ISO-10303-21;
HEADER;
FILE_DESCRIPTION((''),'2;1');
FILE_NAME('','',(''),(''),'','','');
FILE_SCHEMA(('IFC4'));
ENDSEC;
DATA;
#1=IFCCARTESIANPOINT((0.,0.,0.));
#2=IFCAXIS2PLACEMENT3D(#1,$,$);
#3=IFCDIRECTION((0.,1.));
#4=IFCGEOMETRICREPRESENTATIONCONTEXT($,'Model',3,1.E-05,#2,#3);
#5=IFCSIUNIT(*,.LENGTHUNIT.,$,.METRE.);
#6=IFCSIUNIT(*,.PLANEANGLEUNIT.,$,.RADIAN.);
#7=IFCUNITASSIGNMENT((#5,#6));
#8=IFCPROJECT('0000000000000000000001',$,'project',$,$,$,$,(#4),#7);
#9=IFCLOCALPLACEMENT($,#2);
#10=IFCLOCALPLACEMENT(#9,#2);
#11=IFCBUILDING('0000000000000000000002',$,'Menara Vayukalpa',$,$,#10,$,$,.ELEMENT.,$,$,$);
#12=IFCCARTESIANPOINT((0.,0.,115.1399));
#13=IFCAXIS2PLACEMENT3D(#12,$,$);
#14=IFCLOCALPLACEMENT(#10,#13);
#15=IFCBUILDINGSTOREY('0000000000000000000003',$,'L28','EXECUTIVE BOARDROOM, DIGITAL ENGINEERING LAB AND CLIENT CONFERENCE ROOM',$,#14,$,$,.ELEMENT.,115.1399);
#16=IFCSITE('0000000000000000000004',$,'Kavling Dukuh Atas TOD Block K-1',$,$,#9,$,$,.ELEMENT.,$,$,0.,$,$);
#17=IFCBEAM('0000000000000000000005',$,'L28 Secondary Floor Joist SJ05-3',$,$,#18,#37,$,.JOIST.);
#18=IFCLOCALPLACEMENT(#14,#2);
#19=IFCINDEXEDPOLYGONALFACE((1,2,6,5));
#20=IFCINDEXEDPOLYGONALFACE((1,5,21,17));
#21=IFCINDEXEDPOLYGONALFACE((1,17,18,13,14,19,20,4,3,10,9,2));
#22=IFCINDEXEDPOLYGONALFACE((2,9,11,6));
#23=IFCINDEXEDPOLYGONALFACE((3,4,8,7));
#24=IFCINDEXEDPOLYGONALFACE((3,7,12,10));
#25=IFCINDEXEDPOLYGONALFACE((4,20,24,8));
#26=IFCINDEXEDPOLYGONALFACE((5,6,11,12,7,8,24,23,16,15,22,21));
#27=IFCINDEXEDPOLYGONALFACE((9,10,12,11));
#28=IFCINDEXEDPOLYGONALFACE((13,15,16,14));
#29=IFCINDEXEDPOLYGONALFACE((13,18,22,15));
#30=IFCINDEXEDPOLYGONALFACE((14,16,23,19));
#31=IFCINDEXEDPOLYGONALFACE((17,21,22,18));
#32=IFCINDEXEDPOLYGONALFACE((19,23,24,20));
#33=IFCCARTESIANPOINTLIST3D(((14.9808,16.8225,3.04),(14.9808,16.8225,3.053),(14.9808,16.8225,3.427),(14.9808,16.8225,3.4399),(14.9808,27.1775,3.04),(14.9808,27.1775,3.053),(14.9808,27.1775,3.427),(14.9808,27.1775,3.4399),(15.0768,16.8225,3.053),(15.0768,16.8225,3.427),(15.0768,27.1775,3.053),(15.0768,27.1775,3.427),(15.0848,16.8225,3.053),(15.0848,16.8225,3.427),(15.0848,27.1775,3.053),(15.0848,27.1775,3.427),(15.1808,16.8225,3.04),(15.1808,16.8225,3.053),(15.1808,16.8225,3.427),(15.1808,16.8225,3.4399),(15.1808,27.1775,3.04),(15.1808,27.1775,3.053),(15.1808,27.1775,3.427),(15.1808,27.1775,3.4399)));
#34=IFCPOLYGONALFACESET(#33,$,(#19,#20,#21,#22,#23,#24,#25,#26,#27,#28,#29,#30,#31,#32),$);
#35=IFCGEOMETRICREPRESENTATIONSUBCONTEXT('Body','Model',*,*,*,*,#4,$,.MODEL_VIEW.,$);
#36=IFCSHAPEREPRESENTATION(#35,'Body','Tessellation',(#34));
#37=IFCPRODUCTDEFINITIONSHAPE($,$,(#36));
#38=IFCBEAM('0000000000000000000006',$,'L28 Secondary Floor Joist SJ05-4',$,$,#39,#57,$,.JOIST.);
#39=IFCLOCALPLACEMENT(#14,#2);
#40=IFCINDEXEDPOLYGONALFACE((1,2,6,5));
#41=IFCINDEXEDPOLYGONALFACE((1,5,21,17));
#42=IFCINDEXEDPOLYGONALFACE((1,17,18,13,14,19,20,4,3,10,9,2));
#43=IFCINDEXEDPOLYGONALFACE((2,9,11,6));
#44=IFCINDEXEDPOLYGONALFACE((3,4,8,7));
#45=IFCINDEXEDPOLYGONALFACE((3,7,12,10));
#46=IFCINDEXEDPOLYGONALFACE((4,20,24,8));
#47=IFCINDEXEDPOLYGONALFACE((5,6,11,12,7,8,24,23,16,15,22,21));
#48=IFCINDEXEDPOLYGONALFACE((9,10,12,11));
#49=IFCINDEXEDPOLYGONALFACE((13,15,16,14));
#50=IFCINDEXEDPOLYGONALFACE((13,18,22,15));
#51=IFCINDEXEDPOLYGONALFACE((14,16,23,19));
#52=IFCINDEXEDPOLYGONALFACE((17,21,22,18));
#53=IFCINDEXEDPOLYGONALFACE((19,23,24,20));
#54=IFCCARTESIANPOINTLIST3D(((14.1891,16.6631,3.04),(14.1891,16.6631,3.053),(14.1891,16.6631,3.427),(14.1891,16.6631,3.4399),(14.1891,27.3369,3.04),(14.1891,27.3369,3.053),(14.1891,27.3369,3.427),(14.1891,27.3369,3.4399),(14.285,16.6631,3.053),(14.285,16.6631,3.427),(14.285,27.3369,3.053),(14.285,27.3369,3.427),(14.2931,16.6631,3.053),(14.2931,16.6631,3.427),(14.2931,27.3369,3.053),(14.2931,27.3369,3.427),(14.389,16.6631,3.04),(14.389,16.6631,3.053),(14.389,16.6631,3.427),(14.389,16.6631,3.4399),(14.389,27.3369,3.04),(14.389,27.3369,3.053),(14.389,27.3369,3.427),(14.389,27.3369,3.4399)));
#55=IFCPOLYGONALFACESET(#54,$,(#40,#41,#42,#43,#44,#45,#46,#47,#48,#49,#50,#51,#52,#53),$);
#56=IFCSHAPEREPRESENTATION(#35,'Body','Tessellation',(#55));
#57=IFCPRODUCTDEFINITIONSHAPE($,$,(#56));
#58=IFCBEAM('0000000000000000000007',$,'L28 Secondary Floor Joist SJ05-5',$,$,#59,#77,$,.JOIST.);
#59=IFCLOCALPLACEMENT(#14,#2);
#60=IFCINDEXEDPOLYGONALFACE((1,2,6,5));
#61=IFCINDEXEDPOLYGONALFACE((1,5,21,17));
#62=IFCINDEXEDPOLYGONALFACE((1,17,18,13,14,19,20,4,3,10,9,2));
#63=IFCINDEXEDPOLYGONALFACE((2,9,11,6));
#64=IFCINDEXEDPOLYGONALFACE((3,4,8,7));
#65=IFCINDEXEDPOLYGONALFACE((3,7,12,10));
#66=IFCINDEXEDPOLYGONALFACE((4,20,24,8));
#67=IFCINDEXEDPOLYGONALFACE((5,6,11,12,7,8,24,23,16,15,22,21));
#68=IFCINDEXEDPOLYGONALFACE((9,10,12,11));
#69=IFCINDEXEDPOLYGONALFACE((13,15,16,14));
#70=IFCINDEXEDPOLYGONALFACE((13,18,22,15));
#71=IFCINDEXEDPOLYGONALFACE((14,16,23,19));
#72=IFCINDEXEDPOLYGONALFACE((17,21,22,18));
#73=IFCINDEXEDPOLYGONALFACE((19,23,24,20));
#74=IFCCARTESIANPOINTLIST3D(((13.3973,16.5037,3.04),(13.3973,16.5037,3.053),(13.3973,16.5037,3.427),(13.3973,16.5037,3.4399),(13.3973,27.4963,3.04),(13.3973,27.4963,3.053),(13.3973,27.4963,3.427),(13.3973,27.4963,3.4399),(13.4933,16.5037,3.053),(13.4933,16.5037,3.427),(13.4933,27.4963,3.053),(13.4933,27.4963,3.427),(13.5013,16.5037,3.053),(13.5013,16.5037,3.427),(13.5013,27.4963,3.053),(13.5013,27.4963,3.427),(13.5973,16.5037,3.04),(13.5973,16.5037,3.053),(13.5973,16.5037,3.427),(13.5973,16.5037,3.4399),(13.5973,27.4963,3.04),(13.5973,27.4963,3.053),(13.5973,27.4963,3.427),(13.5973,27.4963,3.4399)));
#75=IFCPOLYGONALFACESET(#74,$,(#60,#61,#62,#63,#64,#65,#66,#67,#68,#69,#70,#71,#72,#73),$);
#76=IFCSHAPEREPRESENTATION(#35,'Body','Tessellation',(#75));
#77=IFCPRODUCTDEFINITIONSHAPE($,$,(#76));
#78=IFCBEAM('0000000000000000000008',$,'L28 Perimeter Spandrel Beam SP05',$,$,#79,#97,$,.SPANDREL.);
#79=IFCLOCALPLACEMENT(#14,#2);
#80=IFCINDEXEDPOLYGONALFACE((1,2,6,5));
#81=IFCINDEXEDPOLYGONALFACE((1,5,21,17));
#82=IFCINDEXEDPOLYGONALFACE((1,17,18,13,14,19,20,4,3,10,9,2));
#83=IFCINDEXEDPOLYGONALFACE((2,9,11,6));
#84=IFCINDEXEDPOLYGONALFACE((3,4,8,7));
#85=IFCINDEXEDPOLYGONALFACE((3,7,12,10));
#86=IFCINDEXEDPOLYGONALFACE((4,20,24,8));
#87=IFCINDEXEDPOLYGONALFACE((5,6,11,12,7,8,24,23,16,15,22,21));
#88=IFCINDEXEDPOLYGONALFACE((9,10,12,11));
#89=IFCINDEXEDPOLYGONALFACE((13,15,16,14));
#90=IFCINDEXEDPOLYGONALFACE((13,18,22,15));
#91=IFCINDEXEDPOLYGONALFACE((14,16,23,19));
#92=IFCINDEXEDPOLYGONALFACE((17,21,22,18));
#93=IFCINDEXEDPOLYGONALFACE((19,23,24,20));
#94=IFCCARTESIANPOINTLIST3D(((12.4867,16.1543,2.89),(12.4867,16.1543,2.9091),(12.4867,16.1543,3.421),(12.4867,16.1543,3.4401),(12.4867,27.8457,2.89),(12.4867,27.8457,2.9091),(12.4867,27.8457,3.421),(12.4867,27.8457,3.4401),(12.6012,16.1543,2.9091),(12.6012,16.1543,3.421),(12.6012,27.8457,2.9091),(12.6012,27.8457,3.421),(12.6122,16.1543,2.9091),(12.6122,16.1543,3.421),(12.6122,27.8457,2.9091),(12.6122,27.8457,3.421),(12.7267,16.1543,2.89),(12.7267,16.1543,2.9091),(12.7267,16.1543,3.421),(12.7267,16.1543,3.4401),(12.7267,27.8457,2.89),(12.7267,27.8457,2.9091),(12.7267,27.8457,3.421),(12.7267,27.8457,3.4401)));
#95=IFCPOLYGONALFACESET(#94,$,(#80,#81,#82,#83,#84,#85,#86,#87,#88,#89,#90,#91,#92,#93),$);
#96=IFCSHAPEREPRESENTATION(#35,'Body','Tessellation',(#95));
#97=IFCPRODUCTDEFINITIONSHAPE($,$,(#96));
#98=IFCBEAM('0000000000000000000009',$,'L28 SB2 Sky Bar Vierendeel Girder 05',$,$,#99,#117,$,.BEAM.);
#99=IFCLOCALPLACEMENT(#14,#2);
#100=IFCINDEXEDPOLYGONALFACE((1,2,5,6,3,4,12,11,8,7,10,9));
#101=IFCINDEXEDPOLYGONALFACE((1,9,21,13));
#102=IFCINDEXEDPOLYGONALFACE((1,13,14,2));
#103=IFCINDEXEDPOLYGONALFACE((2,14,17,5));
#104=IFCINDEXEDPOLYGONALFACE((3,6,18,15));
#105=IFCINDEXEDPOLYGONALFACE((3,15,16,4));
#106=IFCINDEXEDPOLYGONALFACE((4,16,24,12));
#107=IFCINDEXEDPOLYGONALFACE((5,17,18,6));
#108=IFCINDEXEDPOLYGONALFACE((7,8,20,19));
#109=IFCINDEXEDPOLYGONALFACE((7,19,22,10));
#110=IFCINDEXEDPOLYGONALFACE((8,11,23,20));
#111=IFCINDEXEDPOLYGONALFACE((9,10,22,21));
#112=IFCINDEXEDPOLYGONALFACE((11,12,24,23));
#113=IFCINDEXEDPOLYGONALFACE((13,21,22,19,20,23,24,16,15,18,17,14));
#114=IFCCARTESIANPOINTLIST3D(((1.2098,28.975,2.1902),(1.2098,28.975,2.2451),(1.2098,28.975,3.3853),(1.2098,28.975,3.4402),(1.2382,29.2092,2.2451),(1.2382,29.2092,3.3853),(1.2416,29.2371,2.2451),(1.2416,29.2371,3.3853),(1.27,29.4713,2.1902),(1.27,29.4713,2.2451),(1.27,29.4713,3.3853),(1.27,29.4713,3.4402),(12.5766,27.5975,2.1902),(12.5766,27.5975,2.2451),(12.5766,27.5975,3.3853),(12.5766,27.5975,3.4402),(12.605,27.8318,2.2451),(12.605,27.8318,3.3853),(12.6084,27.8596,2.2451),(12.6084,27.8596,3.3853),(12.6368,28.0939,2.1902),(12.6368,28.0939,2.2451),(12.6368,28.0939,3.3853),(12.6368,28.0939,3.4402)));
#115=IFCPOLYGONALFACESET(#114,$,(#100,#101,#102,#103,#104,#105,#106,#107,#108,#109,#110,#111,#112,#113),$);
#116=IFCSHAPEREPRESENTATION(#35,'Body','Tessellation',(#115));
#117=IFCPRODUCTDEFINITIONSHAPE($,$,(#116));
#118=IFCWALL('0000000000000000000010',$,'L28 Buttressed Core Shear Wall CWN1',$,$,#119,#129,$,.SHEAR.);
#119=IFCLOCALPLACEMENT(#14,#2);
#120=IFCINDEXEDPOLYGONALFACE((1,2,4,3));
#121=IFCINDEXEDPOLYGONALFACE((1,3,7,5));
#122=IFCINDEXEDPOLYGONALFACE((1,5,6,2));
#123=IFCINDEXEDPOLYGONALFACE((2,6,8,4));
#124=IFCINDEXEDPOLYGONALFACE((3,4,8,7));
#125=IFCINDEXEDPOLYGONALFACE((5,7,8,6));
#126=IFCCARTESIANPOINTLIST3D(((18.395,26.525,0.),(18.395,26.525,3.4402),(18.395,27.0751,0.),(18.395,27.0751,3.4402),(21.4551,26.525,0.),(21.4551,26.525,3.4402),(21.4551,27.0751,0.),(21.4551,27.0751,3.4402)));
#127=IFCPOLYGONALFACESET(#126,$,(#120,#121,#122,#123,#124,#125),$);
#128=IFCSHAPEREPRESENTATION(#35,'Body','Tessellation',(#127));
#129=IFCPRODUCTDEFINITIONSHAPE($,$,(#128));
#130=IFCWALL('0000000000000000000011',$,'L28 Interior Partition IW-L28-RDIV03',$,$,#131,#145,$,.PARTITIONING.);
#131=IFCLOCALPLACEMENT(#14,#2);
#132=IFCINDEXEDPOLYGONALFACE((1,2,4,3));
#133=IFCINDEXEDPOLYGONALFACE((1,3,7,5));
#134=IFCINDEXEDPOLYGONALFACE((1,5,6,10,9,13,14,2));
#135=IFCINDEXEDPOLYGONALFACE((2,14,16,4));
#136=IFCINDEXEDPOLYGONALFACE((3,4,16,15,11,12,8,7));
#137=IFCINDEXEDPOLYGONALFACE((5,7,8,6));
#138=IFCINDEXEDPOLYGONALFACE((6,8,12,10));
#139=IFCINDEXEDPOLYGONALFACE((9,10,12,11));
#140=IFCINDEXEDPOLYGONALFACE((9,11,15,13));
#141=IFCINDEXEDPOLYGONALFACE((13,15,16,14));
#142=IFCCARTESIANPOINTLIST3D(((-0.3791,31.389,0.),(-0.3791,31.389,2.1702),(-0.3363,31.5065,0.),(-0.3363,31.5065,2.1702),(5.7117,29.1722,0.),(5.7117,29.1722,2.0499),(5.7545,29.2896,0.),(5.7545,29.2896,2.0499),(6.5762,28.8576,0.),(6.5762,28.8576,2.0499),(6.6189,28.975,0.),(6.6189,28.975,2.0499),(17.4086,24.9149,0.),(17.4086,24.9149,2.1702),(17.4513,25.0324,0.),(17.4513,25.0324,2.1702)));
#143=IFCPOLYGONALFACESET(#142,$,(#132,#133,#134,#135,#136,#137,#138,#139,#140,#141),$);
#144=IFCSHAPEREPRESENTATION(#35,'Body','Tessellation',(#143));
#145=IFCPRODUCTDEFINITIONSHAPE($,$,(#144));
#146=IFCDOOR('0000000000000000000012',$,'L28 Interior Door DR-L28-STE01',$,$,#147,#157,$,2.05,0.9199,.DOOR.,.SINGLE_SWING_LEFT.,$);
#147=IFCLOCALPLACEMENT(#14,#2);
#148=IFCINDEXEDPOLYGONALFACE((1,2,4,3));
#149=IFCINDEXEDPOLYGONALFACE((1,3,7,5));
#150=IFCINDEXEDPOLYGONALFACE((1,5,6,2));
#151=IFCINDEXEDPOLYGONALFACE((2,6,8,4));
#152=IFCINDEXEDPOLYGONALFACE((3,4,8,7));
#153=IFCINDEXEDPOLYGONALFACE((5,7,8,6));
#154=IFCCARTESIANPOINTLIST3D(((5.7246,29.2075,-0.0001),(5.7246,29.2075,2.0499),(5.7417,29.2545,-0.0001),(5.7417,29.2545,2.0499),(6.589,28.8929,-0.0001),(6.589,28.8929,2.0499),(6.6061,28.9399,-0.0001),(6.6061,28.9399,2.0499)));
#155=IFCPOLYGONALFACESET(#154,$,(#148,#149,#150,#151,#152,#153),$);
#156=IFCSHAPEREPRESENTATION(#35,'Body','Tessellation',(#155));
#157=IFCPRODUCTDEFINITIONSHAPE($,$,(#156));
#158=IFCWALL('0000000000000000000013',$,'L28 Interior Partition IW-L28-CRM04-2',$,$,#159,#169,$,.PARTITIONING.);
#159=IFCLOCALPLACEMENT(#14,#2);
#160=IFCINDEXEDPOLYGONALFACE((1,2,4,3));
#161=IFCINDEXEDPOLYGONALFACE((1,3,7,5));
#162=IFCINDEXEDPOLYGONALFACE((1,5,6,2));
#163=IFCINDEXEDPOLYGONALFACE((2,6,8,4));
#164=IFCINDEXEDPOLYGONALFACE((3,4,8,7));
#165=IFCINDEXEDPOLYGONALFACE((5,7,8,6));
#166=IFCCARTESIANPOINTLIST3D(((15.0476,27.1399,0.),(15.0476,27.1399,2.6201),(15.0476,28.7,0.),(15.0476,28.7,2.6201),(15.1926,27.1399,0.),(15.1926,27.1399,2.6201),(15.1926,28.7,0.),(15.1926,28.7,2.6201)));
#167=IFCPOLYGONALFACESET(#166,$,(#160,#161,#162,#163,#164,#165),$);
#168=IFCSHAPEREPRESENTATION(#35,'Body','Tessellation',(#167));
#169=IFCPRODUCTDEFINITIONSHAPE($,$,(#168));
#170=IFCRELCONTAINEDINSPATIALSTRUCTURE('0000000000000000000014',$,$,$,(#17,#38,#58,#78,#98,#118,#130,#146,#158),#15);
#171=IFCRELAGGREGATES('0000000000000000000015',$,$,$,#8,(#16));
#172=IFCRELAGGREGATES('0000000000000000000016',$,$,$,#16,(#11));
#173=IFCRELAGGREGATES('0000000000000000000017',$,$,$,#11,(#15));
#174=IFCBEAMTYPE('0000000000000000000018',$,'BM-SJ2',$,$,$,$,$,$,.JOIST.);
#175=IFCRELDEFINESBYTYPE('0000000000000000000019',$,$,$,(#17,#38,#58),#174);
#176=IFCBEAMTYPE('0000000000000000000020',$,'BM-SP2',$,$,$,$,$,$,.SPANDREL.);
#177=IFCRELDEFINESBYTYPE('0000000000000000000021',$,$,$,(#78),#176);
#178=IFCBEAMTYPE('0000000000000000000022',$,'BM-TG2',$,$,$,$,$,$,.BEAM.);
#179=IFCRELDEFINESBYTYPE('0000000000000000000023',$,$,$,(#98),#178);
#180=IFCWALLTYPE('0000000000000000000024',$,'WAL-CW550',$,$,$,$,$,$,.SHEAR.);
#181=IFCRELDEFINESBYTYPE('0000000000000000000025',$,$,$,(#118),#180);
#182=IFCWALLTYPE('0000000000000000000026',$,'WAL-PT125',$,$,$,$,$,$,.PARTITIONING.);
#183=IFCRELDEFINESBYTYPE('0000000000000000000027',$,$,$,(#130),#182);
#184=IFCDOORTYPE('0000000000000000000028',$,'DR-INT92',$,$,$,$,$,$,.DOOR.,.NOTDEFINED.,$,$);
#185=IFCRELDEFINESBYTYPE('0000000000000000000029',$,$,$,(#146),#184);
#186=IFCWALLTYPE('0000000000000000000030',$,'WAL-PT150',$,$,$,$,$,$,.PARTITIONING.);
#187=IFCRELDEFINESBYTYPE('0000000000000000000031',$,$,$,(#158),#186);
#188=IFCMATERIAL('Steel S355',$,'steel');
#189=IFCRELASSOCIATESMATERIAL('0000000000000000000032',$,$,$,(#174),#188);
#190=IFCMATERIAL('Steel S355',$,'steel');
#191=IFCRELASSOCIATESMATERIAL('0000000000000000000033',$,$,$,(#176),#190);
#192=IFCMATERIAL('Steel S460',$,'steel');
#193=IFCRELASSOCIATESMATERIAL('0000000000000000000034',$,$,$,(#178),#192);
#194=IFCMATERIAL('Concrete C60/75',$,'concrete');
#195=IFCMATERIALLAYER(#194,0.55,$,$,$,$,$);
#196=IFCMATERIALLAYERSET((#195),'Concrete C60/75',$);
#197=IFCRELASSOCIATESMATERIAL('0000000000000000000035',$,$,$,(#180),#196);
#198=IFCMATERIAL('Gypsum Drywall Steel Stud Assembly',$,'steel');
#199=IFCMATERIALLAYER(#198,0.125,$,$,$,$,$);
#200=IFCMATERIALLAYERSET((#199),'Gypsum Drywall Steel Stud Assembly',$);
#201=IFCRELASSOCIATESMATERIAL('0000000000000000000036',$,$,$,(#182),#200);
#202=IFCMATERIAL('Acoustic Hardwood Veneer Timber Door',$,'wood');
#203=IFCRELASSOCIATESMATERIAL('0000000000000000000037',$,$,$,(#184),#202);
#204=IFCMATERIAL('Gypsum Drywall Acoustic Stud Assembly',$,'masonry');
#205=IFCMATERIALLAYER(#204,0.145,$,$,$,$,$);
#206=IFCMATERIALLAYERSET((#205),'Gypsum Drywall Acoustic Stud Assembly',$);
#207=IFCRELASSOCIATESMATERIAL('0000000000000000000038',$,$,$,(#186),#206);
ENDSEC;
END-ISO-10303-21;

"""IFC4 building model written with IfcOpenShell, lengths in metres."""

from ifc_helpers import new_model, si_unit, direction, frame, frame_2d, origin, origin_2d, place, context, subcontext, project, spatial, rectangle, i_section, extrude, material, layer, layer_set, material_profile, profile_set, type_object, element, fill, save


model = new_model("IFC4")

# Units and contexts
model_context = context("Model", 3, precision=1e-05, world=origin(), true_north=direction((0.0, 1.0)))
body_context = subcontext(model_context, "Body", "Model", "MODEL_VIEW")
ifc_project = project(units=[si_unit("LENGTHUNIT", "METRE"), si_unit("PLANEANGLEUNIT", "RADIAN")], contexts=[model_context])

# Site, building, storey
site_placement = place(None, origin())
site = spatial("IfcSite", under=ifc_project, at=site_placement, Name="Kavling Dukuh Atas TOD Block K-1", CompositionType="ELEMENT", RefElevation=0.0)
building_placement = place(site_placement, origin())
building = spatial("IfcBuilding", under=site, at=building_placement, Name="Menara Vayukalpa", CompositionType="ELEMENT")
storey_placement = place(building_placement, frame((0.0, 0.0, 115.1399)))
storey = spatial("IfcBuildingStorey", under=building, at=storey_placement, Name="L28", Description="EXECUTIVE BOARDROOM, DIGITAL ENGINEERING LAB AND CLIENT CONFERENCE ROOM", CompositionType="ELEMENT", Elevation=115.1399)

# Beams
ifc_material_1 = material(Name="Steel S355", Category="steel")
ifc_material_profile_1 = material_profile(ifc_material_1, i_section(OverallWidth=0.2, OverallDepth=0.3999, WebThickness=0.0081, FlangeThickness=0.0129, at=origin_2d()), Name="WF 400x200x8x13")
ifc_profile_set_1 = profile_set([ifc_material_profile_1], Name="Steel S355")
beam_type_1 = type_object("IfcBeamType", Name="BM-SJ2", PredefinedType="JOIST", material=ifc_profile_set_1)
beam_1_placement = place(storey_placement, frame((15.0808, 27.1775, 3.24), z_axis=(0.0, -1.0, 0.0), x_axis=(1.0, 0.0, 0.0)))
element("IfcBeam", 1, at=beam_1_placement, inside=storey, type_object=beam_type_1, Name="L28 Secondary Floor Joist SJ05-3", PredefinedType="JOIST", context=body_context, shape_type="SweptSolid", body=[
    extrude(i_section(OverallWidth=0.2, OverallDepth=0.3999, WebThickness=0.0081, FlangeThickness=0.0129, at=origin_2d()), origin(), (0.0, 0.0, 1.0), 10.355),
])
beam_2_placement = place(storey_placement, frame((14.2891, 27.3369, 3.24), z_axis=(0.0, -1.0, 0.0), x_axis=(1.0, 0.0, 0.0)))
element("IfcBeam", 2, at=beam_2_placement, inside=storey, type_object=beam_type_1, Name="L28 Secondary Floor Joist SJ05-4", PredefinedType="JOIST", context=body_context, shape_type="SweptSolid", body=[
    extrude(i_section(OverallWidth=0.2, OverallDepth=0.3999, WebThickness=0.0081, FlangeThickness=0.0129, at=origin_2d()), origin(), (0.0, 0.0, 1.0), 10.6738),
])
beam_3_placement = place(storey_placement, frame((13.4973, 27.4963, 3.24), z_axis=(0.0, -1.0, 0.0), x_axis=(1.0, 0.0, 0.0)))
element("IfcBeam", 3, at=beam_3_placement, inside=storey, type_object=beam_type_1, Name="L28 Secondary Floor Joist SJ05-5", PredefinedType="JOIST", context=body_context, shape_type="SweptSolid", body=[
    extrude(i_section(OverallWidth=0.2, OverallDepth=0.3999, WebThickness=0.0081, FlangeThickness=0.0129, at=origin_2d()), origin(), (0.0, 0.0, 1.0), 10.9927),
])
ifc_material_2 = material(Name="Steel S355", Category="steel")
ifc_material_profile_2 = material_profile(ifc_material_2, i_section(OverallWidth=0.24, OverallDepth=0.55, WebThickness=0.011, FlangeThickness=0.019, at=origin_2d()), Name="WF 550x240x11x19")
ifc_profile_set_2 = profile_set([ifc_material_profile_2], Name="Steel S355")
beam_type_2 = type_object("IfcBeamType", Name="BM-SP2", PredefinedType="SPANDREL", material=ifc_profile_set_2)
beam_4_placement = place(storey_placement, frame((12.6067, 27.8457, 3.165), z_axis=(0.0, -1.0, 0.0), x_axis=(1.0, 0.0, 0.0)))
element("IfcBeam", 4, at=beam_4_placement, inside=storey, type_object=beam_type_2, Name="L28 Perimeter Spandrel Beam SP05", PredefinedType="SPANDREL", context=body_context, shape_type="SweptSolid", body=[
    extrude(i_section(OverallWidth=0.24, OverallDepth=0.55, WebThickness=0.011, FlangeThickness=0.019, at=origin_2d()), origin(), (0.0, 0.0, 1.0), 11.6914),
])
ifc_material_3 = material(Name="Steel S460", Category="steel")
ifc_material_profile_3 = material_profile(ifc_material_3, i_section(OverallWidth=0.5, OverallDepth=1.25, WebThickness=0.0281, FlangeThickness=0.0549, at=origin_2d()), Name="WG 1250x500x28x55")
ifc_profile_set_3 = profile_set([ifc_material_profile_3], Name="Steel S460")
beam_type_3 = type_object("IfcBeamType", Name="BM-TG2", PredefinedType="BEAM", material=ifc_profile_set_3)
beam_5_placement = place(storey_placement, frame((12.6067, 27.8457, 2.8152), z_axis=(-0.992737, 0.120302, 0.0), x_axis=(-0.120302, -0.992737, 0.0)))
element("IfcBeam", 5, at=beam_5_placement, inside=storey, type_object=beam_type_3, Name="L28 SB2 Sky Bar Vierendeel Girder 05", PredefinedType="BEAM", context=body_context, shape_type="SweptSolid", body=[
    extrude(i_section(OverallWidth=0.5, OverallDepth=1.25, WebThickness=0.0281, FlangeThickness=0.0549, at=origin_2d()), origin(), (0.0, 0.0, 1.0), 11.45),
])

# Wall
ifc_material_4 = material(Name="Concrete C60/75", Category="concrete")
ifc_layer_1 = layer(ifc_material_4, 0.55)
ifc_layer_set_1 = layer_set([ifc_layer_1], Name="Concrete C60/75")
wall_type_1 = type_object("IfcWallType", Name="WAL-CW550", PredefinedType="SHEAR", material=ifc_layer_set_1)
wall_1_placement = place(storey_placement, frame((18.395, 26.8, 0.0), z_axis=(0.0, 0.0, 1.0), x_axis=(1.0, 0.0, 0.0)))
element("IfcWall", 6, at=wall_1_placement, inside=storey, type_object=wall_type_1, Name="L28 Buttressed Core Shear Wall CWN1", PredefinedType="SHEAR", context=body_context, shape_type="SweptSolid", body=[
    extrude(rectangle(XDim=3.0601, YDim=0.55, at=frame_2d((1.53, 0.0))), origin(), (0.0, 0.0, 1.0), 3.4402),
])

# Wall, opening, door
ifc_material_5 = material(Name="Gypsum Drywall Steel Stud Assembly", Category="steel")
ifc_layer_2 = layer(ifc_material_5, 0.125)
ifc_layer_set_2 = layer_set([ifc_layer_2], Name="Gypsum Drywall Steel Stud Assembly")
wall_type_2 = type_object("IfcWallType", Name="WAL-PT125", PredefinedType="PARTITIONING", material=ifc_layer_set_2)
wall_2_placement = place(storey_placement, frame((17.4299, 24.9736, 0.0), z_axis=(0.0, 0.0, 1.0), x_axis=(-0.939693, 0.342019, 0.0)))
wall_2 = element("IfcWall", 7, at=wall_2_placement, inside=storey, type_object=wall_type_2, Name="L28 Interior Partition IW-L28-RDIV03", PredefinedType="PARTITIONING", context=body_context, shape_type="SweptSolid", body=[
    extrude(rectangle(XDim=18.9292, YDim=0.125, at=frame_2d((9.4646, 0.0))), origin(), (0.0, 0.0, 1.0), 2.1702),
])
opening_placement = place(wall_2_placement, frame((11.5276, 0.0, 0.0)))
opening = element("IfcOpeningElement", 8, at=opening_placement, cuts=wall_2, PredefinedType="OPENING", context=body_context, shape_type="SweptSolid", body=[
    extrude(rectangle(XDim=0.9199, YDim=2.05, at=frame_2d((0.46, 1.0249))), frame((0.0, 0.0725, 0.0), z_axis=(0.0, -1.0, 0.0), x_axis=(1.0, 0.0, 0.0)), (0.0, 0.0, 1.0), 0.145),
])
ifc_material_6 = material(Name="Acoustic Hardwood Veneer Timber Door", Category="wood")
door_type = type_object("IfcDoorType", Name="DR-INT92", OperationType="NOTDEFINED", PredefinedType="DOOR", material=ifc_material_6)
door_placement = place(opening_placement, origin())
door = element("IfcDoor", 9, at=door_placement, inside=storey, type_object=door_type, Name="L28 Interior Door DR-L28-STE01", OperationType="SINGLE_SWING_LEFT", OverallHeight=2.05, OverallWidth=0.9199, PredefinedType="DOOR", context=body_context, shape_type="SweptSolid", body=[
    extrude(rectangle(XDim=0.9199, YDim=2.05, at=frame_2d((0.46, 1.0249))), frame((0.0, 0.0249, 0.0), z_axis=(0.0, -1.0, 0.0), x_axis=(1.0, 0.0, 0.0)), (0.0, 0.0, 1.0), 0.05),
])
fill(opening, door)

# Wall
ifc_material_7 = material(Name="Gypsum Drywall Acoustic Stud Assembly", Category="masonry")
ifc_layer_3 = layer(ifc_material_7, 0.145)
ifc_layer_set_3 = layer_set([ifc_layer_3], Name="Gypsum Drywall Acoustic Stud Assembly")
wall_type_3 = type_object("IfcWallType", Name="WAL-PT150", PredefinedType="PARTITIONING", material=ifc_layer_set_3)
wall_3_placement = place(storey_placement, frame((15.1201, 28.7, 0.0), z_axis=(0.0, 0.0, 1.0), x_axis=(0.0, -1.0, 0.0)))
element("IfcWall", 10, at=wall_3_placement, inside=storey, type_object=wall_type_3, Name="L28 Interior Partition IW-L28-CRM04-2", PredefinedType="PARTITIONING", context=body_context, shape_type="SweptSolid", body=[
    extrude(rectangle(XDim=1.5601, YDim=0.145, at=frame_2d((0.78, 0.0))), origin(), (0.0, 0.0, 1.0), 2.6201),
])

save(model, "model.ifc")
